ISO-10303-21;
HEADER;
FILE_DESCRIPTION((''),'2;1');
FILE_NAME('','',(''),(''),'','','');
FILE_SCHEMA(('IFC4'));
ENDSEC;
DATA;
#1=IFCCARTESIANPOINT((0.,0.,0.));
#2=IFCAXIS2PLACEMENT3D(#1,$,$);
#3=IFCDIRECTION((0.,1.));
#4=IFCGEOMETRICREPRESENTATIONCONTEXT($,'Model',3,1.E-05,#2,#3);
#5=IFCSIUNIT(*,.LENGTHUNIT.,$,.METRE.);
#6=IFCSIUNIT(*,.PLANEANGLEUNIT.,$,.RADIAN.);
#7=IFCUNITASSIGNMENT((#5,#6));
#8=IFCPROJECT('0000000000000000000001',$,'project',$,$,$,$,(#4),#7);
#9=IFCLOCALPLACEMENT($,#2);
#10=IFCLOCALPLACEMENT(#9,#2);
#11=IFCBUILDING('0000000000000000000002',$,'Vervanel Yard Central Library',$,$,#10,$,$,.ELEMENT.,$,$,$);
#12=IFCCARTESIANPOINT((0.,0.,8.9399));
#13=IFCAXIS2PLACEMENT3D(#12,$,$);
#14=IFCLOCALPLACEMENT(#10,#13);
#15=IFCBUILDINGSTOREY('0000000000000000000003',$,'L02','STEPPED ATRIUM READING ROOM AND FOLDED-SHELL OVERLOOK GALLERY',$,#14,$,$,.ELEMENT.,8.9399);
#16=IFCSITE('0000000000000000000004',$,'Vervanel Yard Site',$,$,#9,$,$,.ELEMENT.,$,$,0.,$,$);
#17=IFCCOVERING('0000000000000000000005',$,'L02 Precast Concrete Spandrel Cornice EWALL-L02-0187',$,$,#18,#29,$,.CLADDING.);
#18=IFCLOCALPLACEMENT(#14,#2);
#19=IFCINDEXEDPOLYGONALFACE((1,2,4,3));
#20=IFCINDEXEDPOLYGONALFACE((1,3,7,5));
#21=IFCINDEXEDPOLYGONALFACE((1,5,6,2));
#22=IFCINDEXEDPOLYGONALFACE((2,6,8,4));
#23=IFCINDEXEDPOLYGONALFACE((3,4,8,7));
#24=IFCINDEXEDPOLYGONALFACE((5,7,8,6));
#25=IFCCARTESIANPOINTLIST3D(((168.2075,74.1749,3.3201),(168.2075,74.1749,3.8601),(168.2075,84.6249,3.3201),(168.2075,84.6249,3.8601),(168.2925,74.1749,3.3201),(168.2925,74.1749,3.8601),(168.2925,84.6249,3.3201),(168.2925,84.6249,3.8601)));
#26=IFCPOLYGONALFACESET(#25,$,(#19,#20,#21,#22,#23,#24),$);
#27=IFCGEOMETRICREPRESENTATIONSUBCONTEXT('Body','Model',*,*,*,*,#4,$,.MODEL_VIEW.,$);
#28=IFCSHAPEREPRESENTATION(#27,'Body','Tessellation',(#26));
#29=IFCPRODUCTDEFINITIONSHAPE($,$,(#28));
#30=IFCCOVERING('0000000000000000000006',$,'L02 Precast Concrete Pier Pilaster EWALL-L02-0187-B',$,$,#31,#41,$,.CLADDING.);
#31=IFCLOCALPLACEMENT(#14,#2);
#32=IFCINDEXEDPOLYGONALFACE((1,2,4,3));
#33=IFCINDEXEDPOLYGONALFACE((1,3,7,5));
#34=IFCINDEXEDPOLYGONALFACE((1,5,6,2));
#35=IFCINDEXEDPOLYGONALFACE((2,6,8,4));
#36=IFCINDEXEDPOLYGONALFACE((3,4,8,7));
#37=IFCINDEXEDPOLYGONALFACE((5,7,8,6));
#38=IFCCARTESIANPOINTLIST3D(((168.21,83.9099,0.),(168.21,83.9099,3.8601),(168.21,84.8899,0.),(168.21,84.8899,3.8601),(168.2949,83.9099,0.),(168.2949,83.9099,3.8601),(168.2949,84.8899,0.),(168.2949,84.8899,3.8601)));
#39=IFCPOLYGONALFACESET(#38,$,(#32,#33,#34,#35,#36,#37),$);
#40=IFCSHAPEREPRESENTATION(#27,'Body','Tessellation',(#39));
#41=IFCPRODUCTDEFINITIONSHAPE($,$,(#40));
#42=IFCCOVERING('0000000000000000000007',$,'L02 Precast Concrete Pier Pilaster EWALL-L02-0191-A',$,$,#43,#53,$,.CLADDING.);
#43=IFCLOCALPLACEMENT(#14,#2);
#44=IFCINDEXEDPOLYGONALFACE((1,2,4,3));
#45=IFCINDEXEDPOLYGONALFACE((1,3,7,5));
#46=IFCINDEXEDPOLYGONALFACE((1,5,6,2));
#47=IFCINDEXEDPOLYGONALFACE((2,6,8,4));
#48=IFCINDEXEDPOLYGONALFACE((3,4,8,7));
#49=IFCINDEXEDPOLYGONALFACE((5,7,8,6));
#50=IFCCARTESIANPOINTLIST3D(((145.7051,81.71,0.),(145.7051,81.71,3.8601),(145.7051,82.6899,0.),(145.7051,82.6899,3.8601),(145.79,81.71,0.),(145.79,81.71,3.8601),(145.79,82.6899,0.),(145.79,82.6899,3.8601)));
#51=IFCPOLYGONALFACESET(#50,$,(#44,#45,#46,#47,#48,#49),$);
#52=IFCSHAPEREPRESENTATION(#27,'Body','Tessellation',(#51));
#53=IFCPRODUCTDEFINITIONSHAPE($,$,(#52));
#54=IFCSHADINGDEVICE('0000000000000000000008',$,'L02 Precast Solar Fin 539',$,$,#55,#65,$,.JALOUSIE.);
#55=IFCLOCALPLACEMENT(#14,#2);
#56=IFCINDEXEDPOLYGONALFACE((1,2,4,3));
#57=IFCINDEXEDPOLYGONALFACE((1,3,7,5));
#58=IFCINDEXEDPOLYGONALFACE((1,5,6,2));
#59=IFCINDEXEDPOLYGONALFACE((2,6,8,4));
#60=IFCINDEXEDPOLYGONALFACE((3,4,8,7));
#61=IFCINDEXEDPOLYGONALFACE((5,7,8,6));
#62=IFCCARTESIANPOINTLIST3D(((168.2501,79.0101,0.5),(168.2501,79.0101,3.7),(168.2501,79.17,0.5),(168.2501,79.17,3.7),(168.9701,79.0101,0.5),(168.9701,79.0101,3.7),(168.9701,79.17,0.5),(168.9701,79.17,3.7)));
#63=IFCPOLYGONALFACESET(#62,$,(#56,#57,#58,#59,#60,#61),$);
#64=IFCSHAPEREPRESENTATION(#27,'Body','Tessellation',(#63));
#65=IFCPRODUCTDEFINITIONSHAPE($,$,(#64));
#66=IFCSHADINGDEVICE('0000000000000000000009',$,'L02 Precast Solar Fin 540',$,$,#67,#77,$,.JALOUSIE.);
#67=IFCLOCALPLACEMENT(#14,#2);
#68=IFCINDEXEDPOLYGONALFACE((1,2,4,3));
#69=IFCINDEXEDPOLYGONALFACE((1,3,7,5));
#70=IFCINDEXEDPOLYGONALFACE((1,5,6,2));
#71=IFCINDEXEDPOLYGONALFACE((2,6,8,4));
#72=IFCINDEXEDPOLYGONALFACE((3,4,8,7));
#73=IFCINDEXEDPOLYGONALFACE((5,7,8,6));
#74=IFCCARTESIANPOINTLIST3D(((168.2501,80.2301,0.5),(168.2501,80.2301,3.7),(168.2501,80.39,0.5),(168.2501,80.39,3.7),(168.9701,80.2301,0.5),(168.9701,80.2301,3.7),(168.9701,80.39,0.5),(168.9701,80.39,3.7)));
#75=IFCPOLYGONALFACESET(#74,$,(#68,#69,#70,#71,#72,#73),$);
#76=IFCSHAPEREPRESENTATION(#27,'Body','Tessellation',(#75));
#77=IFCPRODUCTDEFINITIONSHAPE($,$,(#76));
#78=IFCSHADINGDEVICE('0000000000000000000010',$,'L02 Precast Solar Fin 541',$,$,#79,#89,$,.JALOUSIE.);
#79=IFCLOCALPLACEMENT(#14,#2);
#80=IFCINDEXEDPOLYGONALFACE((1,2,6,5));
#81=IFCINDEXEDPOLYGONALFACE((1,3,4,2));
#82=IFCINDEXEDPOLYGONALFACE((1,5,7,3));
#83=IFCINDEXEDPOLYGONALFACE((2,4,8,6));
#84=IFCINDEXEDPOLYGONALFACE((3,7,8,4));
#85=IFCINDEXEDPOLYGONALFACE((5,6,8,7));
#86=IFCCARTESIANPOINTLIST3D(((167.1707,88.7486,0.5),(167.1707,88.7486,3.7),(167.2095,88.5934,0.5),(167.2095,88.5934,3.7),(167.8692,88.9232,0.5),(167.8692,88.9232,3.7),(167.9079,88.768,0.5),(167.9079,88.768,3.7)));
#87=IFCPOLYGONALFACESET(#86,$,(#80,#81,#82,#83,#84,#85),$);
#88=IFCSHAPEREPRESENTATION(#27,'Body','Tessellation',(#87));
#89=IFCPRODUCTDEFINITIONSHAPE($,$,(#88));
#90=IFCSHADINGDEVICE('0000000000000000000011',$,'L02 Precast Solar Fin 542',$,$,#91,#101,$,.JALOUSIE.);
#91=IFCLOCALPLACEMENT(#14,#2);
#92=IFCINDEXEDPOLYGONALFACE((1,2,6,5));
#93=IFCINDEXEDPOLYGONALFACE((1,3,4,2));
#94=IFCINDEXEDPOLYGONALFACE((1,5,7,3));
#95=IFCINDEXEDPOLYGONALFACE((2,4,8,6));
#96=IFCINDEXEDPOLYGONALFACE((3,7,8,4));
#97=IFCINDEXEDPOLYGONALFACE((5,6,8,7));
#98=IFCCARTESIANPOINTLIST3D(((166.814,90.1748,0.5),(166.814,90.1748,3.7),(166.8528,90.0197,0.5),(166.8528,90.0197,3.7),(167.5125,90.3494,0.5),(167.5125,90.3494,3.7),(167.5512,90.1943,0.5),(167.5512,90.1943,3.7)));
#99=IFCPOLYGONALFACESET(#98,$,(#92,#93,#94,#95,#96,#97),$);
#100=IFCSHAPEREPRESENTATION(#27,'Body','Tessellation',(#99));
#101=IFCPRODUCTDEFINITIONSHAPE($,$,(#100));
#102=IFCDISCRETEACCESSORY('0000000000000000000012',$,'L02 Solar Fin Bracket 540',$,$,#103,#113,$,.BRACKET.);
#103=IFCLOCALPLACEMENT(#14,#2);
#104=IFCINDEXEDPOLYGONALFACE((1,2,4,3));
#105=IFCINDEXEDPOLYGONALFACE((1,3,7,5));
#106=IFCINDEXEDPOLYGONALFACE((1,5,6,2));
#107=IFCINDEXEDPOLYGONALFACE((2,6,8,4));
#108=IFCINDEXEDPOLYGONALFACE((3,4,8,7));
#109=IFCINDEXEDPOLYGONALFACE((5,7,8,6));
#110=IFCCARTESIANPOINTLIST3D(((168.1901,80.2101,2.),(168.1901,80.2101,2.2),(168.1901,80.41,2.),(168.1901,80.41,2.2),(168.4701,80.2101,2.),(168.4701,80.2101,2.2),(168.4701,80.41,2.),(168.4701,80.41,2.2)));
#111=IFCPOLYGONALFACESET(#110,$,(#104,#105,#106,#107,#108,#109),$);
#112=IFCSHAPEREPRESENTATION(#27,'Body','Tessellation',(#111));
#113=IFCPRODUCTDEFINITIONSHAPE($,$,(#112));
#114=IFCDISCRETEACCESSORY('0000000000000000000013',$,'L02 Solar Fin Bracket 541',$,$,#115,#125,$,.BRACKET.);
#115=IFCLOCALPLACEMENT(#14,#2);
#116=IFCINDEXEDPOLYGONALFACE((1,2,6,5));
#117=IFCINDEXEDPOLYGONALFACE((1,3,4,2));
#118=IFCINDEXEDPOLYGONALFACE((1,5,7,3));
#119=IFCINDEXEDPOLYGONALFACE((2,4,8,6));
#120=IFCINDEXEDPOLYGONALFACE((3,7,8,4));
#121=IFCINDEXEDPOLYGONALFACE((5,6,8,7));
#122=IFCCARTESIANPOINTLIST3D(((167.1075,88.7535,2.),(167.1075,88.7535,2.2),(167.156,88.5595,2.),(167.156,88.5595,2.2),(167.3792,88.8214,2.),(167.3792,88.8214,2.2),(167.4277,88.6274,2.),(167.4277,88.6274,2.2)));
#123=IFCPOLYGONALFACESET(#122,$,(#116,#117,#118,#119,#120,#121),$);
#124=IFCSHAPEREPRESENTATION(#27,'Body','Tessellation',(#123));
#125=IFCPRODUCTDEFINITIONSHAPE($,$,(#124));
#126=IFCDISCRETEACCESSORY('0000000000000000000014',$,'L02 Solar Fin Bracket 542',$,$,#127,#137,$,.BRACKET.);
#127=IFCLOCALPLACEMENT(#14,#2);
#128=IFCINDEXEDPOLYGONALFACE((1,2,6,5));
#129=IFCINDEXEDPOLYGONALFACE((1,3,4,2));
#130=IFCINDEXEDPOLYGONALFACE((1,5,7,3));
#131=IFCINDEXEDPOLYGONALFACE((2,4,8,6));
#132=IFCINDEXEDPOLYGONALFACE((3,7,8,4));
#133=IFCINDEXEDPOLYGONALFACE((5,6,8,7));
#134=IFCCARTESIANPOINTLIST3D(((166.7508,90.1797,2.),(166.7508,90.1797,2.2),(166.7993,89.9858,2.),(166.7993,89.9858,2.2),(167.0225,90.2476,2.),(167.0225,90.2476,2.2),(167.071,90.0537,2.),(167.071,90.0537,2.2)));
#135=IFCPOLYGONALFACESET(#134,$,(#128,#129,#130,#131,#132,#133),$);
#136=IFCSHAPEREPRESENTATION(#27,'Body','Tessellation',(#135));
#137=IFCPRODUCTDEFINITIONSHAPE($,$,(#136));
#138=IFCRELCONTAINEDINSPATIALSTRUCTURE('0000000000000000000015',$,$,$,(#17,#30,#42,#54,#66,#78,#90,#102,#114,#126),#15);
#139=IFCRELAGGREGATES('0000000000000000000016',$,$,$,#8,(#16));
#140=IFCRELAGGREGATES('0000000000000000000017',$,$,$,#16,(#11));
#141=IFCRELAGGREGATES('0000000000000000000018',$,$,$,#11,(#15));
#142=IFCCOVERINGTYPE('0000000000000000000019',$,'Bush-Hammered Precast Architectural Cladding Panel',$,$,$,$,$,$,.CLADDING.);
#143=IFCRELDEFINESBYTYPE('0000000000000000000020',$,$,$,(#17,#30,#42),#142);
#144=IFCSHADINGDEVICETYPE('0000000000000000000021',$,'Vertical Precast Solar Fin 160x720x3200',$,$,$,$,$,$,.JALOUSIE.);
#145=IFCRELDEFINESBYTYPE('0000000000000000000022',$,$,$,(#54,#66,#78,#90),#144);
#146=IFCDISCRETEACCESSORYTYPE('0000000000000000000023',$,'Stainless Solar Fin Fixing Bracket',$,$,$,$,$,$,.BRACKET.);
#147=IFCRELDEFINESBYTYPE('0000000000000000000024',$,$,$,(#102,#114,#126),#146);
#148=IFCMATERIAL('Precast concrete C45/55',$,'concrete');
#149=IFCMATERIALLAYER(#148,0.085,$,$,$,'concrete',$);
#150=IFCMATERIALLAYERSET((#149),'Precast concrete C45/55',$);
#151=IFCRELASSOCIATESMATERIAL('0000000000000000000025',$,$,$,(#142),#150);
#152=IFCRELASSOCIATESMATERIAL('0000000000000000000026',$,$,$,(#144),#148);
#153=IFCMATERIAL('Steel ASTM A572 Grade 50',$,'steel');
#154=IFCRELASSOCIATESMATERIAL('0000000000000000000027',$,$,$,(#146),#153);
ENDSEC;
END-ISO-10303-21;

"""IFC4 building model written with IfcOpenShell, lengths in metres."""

from ifc_helpers import new_model, si_unit, direction, frame, origin, origin_2d, place, context, subcontext, project, spatial, rectangle, extrude, material, layer, layer_set, type_object, element, save


model = new_model("IFC4")

# Units and contexts
model_context = context("Model", 3, precision=1e-05, world=origin(), true_north=direction((0.0, 1.0)))
body_context = subcontext(model_context, "Body", "Model", "MODEL_VIEW")
ifc_project = project(units=[si_unit("LENGTHUNIT", "METRE"), si_unit("PLANEANGLEUNIT", "RADIAN")], contexts=[model_context])

# Site, building, storey
site_placement = place(None, origin())
site = spatial("IfcSite", under=ifc_project, at=site_placement, Name="Vervanel Yard Site", CompositionType="ELEMENT", RefElevation=0.0)
building_placement = place(site_placement, origin())
building = spatial("IfcBuilding", under=site, at=building_placement, Name="Vervanel Yard Central Library", CompositionType="ELEMENT")
storey_placement = place(building_placement, frame((0.0, 0.0, 8.9399)))
storey = spatial("IfcBuildingStorey", under=building, at=storey_placement, Name="L02", Description="STEPPED ATRIUM READING ROOM AND FOLDED-SHELL OVERLOOK GALLERY", CompositionType="ELEMENT", Elevation=8.9399)

# Coverings
ifc_material_1 = material(Name="Precast concrete C45/55", Category="concrete")
ifc_layer_1 = layer(ifc_material_1, 0.085, Category="concrete")
ifc_layer_set_1 = layer_set([ifc_layer_1], Name="Precast concrete C45/55")
covering_type = type_object("IfcCoveringType", Name="Bush-Hammered Precast Architectural Cladding Panel", PredefinedType="CLADDING", material=ifc_layer_set_1)
covering_placement = place(storey_placement, frame((168.25, 79.3999, 3.3201), z_axis=(0.0, 0.0, 1.0), x_axis=(0.0, 1.0, 0.0)))
element("IfcCovering", 1, at=covering_placement, inside=storey, type_object=covering_type, Name="L02 Precast Concrete Spandrel Cornice EWALL-L02-0187", PredefinedType="CLADDING", context=body_context, shape_type="SweptSolid", body=[
    extrude(rectangle(XDim=10.45, YDim=0.085, at=origin_2d()), origin(), (0.0, 0.0, 1.0), 0.54),
])
for number, where, z_axis, x_axis, name in (
    (2, (168.2524, 84.3999, 0.0), (0.0, 0.0, 1.0), (0.0, 1.0, 0.0), "L02 Precast Concrete Pier Pilaster EWALL-L02-0187-B"),
    (3, (145.7476, 82.2, 0.0), (0.0, 0.0, 1.0), (0.0, 1.0, 0.0), "L02 Precast Concrete Pier Pilaster EWALL-L02-0191-A"),
):
    element("IfcCovering", number, at=place(storey_placement, frame(where, z_axis=z_axis, x_axis=x_axis)), inside=storey, type_object=covering_type, Name=name, PredefinedType="CLADDING", context=body_context, shape_type="SweptSolid", body=[
        extrude(rectangle(XDim=0.98, YDim=0.085, at=origin_2d()), origin(), (0.0, 0.0, 1.0), 3.8601),
    ])

# Shading devices
shading_device_type = type_object("IfcShadingDeviceType", Name="Vertical Precast Solar Fin 160x720x3200", PredefinedType="JALOUSIE", material=ifc_material_1)
for number, where, z_axis, x_axis, name in (
    (4, (168.6101, 79.0901, 0.5), (0.0, 0.0, 1.0), (0.0, 1.0, 0.0), "L02 Precast Solar Fin 539"),
    (5, (168.6101, 80.3101, 0.5), (0.0, 0.0, 1.0), (0.0, 1.0, 0.0), "L02 Precast Solar Fin 540"),
    (6, (167.5393, 88.7583, 0.5), (0.0, 0.0, 1.0), (-0.242535, 0.970143, 0.0), "L02 Precast Solar Fin 541"),
    (7, (167.1826, 90.1846, 0.5), (0.0, 0.0, 1.0), (-0.242535, 0.970143, 0.0), "L02 Precast Solar Fin 542"),
):
    element("IfcShadingDevice", number, at=place(storey_placement, frame(where, z_axis=z_axis, x_axis=x_axis)), inside=storey, type_object=shading_device_type, Name=name, PredefinedType="JALOUSIE", context=body_context, shape_type="SweptSolid", body=[
        extrude(rectangle(XDim=0.1599, YDim=0.72, at=origin_2d()), origin(), (0.0, 0.0, 1.0), 3.2),
    ])

# Discrete accessories
ifc_material_2 = material(Name="Steel ASTM A572 Grade 50", Category="steel")
discrete_accessory_type = type_object("IfcDiscreteAccessoryType", Name="Stainless Solar Fin Fixing Bracket", PredefinedType="BRACKET", material=ifc_material_2)
for number, where, z_axis, x_axis, name in (
    (8, (168.3301, 80.3101, 2.0), (0.0, 0.0, 1.0), (0.0, 1.0, 0.0), "L02 Solar Fin Bracket 540"),
    (9, (167.2676, 88.6904, 2.0), (0.0, 0.0, 1.0), (-0.242535, 0.970143, 0.0), "L02 Solar Fin Bracket 541"),
    (10, (166.9109, 90.1167, 2.0), (0.0, 0.0, 1.0), (-0.242535, 0.970143, 0.0), "L02 Solar Fin Bracket 542"),
):
    element("IfcDiscreteAccessory", number, at=place(storey_placement, frame(where, z_axis=z_axis, x_axis=x_axis)), inside=storey, type_object=discrete_accessory_type, Name=name, PredefinedType="BRACKET", context=body_context, shape_type="SweptSolid", body=[
        extrude(rectangle(XDim=0.2, YDim=0.28, at=origin_2d()), origin(), (0.0, 0.0, 1.0), 0.2),
    ])

save(model, "model.ifc")
